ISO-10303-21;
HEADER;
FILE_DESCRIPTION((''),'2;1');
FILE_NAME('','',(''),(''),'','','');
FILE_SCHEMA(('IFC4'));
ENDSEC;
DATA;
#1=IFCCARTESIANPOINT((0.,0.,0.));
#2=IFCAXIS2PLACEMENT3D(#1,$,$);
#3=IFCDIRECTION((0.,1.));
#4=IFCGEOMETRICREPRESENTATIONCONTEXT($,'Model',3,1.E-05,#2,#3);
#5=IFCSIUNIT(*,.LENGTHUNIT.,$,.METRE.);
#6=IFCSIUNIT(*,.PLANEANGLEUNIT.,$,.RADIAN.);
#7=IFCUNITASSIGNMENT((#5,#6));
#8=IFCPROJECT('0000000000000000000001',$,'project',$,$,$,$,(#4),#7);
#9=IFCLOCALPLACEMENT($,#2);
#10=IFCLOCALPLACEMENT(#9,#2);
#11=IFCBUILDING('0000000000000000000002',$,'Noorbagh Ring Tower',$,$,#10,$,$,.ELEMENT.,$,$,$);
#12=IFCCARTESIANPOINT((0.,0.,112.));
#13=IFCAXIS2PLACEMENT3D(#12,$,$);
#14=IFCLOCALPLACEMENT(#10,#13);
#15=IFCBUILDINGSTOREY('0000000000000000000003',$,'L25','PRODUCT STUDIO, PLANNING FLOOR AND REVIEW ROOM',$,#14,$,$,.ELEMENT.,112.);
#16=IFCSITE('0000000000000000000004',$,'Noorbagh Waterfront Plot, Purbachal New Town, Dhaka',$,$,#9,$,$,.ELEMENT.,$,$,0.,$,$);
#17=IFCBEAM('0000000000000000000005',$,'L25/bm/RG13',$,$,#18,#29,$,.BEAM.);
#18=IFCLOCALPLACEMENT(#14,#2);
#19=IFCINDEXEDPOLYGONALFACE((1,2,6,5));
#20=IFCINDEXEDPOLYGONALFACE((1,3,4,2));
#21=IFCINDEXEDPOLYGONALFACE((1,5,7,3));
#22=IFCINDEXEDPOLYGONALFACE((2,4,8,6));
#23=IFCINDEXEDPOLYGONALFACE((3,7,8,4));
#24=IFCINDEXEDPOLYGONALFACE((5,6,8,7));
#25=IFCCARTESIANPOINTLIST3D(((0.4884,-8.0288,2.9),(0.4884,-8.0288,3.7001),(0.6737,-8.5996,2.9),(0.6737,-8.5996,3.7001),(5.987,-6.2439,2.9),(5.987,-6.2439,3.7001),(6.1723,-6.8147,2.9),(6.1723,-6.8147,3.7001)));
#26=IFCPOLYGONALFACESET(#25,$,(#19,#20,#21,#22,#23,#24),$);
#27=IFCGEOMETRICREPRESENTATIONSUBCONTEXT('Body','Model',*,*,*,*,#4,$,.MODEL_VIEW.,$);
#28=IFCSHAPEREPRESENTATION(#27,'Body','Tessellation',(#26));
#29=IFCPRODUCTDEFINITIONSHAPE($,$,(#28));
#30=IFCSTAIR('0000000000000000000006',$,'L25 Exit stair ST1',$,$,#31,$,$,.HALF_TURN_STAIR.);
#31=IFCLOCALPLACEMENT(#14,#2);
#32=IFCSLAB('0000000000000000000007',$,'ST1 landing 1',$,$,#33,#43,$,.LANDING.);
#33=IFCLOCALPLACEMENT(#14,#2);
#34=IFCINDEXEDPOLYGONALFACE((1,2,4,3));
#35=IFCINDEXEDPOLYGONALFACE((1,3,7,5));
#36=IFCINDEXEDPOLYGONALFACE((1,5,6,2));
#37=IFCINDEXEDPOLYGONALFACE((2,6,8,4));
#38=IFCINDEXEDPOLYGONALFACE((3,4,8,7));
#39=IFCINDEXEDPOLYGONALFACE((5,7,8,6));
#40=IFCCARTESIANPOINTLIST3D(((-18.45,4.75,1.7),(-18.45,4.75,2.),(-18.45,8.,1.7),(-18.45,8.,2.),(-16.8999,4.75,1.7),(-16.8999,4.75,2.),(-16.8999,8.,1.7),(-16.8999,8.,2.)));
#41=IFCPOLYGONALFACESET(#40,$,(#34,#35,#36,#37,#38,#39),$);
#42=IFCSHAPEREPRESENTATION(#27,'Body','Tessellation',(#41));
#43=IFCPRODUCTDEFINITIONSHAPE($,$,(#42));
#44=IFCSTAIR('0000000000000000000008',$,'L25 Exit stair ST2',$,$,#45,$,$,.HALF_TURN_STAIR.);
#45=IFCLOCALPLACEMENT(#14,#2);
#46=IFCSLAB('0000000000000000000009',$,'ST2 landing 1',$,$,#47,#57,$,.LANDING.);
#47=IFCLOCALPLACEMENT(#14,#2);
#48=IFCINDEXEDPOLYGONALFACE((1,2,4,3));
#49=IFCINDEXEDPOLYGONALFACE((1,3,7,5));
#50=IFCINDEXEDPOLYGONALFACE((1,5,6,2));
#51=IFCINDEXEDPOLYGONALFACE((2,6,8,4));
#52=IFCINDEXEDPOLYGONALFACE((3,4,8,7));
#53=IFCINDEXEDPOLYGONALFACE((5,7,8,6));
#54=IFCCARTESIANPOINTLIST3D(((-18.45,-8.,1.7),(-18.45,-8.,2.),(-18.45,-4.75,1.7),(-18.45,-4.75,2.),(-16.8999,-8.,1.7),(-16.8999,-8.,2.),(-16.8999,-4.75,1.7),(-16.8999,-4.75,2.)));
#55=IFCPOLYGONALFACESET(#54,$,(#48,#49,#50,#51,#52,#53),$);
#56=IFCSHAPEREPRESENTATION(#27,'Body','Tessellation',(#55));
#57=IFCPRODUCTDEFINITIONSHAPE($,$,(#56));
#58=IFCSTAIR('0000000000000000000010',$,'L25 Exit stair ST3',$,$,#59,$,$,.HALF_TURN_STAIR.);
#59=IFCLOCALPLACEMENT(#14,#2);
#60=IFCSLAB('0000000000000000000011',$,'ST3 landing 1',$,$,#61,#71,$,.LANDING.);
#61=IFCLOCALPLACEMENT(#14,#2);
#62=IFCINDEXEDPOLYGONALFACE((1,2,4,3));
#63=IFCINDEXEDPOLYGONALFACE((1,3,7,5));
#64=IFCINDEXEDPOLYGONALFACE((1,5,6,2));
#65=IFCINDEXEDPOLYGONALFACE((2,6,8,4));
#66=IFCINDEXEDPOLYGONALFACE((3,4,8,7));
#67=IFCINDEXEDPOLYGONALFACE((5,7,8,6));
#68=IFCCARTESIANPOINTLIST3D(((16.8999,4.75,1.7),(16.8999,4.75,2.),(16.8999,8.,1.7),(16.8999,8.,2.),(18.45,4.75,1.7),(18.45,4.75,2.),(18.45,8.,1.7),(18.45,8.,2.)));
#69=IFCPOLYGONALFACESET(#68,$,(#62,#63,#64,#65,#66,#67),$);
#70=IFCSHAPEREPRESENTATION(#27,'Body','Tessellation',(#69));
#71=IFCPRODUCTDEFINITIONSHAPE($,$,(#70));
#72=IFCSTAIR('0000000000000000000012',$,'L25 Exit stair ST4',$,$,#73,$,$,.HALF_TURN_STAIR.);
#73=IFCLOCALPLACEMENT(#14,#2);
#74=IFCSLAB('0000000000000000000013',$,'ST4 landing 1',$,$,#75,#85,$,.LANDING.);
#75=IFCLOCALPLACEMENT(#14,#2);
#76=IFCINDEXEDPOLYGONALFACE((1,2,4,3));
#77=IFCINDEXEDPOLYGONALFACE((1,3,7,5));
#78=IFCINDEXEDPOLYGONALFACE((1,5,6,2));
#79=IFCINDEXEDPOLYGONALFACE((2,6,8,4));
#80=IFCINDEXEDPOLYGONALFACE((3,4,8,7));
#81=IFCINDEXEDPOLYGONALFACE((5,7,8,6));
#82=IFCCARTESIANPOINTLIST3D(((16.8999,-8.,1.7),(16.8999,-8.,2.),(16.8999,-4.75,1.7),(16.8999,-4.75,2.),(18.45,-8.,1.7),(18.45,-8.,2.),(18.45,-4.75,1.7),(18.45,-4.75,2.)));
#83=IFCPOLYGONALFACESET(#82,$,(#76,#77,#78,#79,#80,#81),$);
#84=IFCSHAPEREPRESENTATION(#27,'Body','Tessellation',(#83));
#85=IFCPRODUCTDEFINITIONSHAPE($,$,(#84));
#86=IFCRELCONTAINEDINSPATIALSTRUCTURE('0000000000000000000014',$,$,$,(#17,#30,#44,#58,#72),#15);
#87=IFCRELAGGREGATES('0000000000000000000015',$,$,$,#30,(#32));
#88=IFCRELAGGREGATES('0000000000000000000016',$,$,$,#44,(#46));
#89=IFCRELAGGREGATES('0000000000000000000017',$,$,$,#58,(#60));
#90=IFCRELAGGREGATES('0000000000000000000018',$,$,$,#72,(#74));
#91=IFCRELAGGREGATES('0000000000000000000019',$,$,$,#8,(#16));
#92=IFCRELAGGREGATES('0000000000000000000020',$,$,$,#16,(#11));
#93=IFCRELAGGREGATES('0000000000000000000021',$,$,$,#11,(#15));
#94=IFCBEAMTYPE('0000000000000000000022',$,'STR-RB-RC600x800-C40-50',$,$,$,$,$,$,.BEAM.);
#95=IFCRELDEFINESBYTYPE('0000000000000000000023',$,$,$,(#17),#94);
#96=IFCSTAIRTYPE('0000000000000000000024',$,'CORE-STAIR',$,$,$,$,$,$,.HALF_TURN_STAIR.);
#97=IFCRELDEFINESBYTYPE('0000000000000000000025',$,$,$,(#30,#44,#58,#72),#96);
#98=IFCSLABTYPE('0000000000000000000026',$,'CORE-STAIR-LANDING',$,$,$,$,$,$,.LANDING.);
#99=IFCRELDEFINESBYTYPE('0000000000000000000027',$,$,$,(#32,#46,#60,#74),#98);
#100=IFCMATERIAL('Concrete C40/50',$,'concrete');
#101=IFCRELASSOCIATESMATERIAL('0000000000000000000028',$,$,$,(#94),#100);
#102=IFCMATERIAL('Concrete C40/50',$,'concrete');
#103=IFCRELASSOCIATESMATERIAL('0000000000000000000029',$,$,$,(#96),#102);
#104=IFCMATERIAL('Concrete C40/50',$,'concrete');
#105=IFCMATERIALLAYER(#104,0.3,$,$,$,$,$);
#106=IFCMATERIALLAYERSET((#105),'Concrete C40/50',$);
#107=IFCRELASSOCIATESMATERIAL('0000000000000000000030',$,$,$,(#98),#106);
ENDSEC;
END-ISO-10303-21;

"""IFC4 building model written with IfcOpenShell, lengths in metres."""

from ifc_helpers import new_model, si_unit, direction, frame, origin, origin_2d, place, context, subcontext, project, spatial, polyline, rectangle, outline, extrude, material, layer, layer_set, material_profile, profile_set, type_object, element, aggregate, save


model = new_model("IFC4")

# Units and contexts
model_context = context("Model", 3, precision=1e-05, world=origin(), true_north=direction((0.0, 1.0)))
body_context = subcontext(model_context, "Body", "Model", "MODEL_VIEW")
ifc_project = project(units=[si_unit("LENGTHUNIT", "METRE"), si_unit("PLANEANGLEUNIT", "RADIAN")], contexts=[model_context])

# Site, building, storey
site_placement = place(None, origin())
site = spatial("IfcSite", under=ifc_project, at=site_placement, Name="Noorbagh Waterfront Plot, Purbachal New Town, Dhaka", CompositionType="ELEMENT", RefElevation=0.0)
building_placement = place(site_placement, origin())
building = spatial("IfcBuilding", under=site, at=building_placement, Name="Noorbagh Ring Tower", CompositionType="ELEMENT")
storey_placement = place(building_placement, frame((0.0, 0.0, 112.0)))
storey = spatial("IfcBuildingStorey", under=building, at=storey_placement, Name="L25", Description="PRODUCT STUDIO, PLANNING FLOOR AND REVIEW ROOM", CompositionType="ELEMENT", Elevation=112.0)

# Beam
ifc_material_1 = material(Name="Concrete C40/50", Category="concrete")
ifc_material_profile_1 = material_profile(ifc_material_1, rectangle(XDim=0.6001, YDim=0.8, at=origin_2d()), Name="RC600x800")
ifc_profile_set_1 = profile_set([ifc_material_profile_1], Name="Concrete C40/50")
beam_type = type_object("IfcBeamType", Name="STR-RB-RC600x800-C40-50", PredefinedType="BEAM", material=ifc_profile_set_1)
beam_placement = place(storey_placement, frame((0.5811, -8.3142, 3.3), z_axis=(0.951141, 0.308756, 0.0), x_axis=(-0.308756, 0.951141, 0.0)))
element("IfcBeam", 1, at=beam_placement, inside=storey, type_object=beam_type, Name="L25/bm/RG13", PredefinedType="BEAM", context=body_context, shape_type="SweptSolid", body=[
    extrude(rectangle(XDim=0.6001, YDim=0.8, at=origin_2d()), origin(), (0.0, 0.0, 1.0), 5.781),
])

# Stairs, slabs
ifc_material_2 = material(Name="Concrete C40/50", Category="concrete")
stair_type = type_object("IfcStairType", Name="CORE-STAIR", PredefinedType="HALF_TURN_STAIR", material=ifc_material_2)
stair_1_placement = place(storey_placement, origin())
stair_1 = element("IfcStair", 2, at=stair_1_placement, inside=storey, type_object=stair_type, Name="L25 Exit stair ST1", PredefinedType="HALF_TURN_STAIR")
ifc_material_3 = material(Name="Concrete C40/50", Category="concrete")
ifc_layer_1 = layer(ifc_material_3, 0.3)
ifc_layer_set_1 = layer_set([ifc_layer_1], Name="Concrete C40/50")
slab_type_1 = type_object("IfcSlabType", Name="CORE-STAIR-LANDING", PredefinedType="LANDING", material=ifc_layer_set_1)
slab_1_placement = place(storey_placement, frame((0.0, 0.0, 1.7)))
slab_1 = element("IfcSlab", 3, at=slab_1_placement, type_object=slab_type_1, Name="ST1 landing 1", PredefinedType="LANDING", context=body_context, shape_type="SweptSolid", body=[
    extrude(outline(polyline([(-18.45, 4.75), (-16.8999, 4.75), (-16.8999, 8.0), (-18.45, 8.0), (-18.45, 4.75)])), origin(), (0.0, 0.0, 1.0), 0.3),
])
aggregate(stair_1, [slab_1])
stair_2_placement = place(storey_placement, origin())
stair_2 = element("IfcStair", 4, at=stair_2_placement, inside=storey, type_object=stair_type, Name="L25 Exit stair ST2", PredefinedType="HALF_TURN_STAIR")
slab_2_placement = place(storey_placement, frame((0.0, 0.0, 1.7)))
slab_2 = element("IfcSlab", 5, at=slab_2_placement, type_object=slab_type_1, Name="ST2 landing 1", PredefinedType="LANDING", context=body_context, shape_type="SweptSolid", body=[
    extrude(outline(polyline([(-18.45, -8.0), (-16.8999, -8.0), (-16.8999, -4.75), (-18.45, -4.75), (-18.45, -8.0)])), origin(), (0.0, 0.0, 1.0), 0.3),
])
aggregate(stair_2, [slab_2])
stair_3_placement = place(storey_placement, origin())
stair_3 = element("IfcStair", 6, at=stair_3_placement, inside=storey, type_object=stair_type, Name="L25 Exit stair ST3", PredefinedType="HALF_TURN_STAIR")
slab_3_placement = place(storey_placement, frame((0.0, 0.0, 1.7)))
slab_3 = element("IfcSlab", 7, at=slab_3_placement, type_object=slab_type_1, Name="ST3 landing 1", PredefinedType="LANDING", context=body_context, shape_type="SweptSolid", body=[
    extrude(outline(polyline([(18.45, 8.0), (16.8999, 8.0), (16.8999, 4.75), (18.45, 4.75), (18.45, 8.0)])), origin(), (0.0, 0.0, 1.0), 0.3),
])
aggregate(stair_3, [slab_3])
stair_4_placement = place(storey_placement, origin())
stair_4 = element("IfcStair", 8, at=stair_4_placement, inside=storey, type_object=stair_type, Name="L25 Exit stair ST4", PredefinedType="HALF_TURN_STAIR")
slab_4_placement = place(storey_placement, frame((0.0, 0.0, 1.7)))
slab_4 = element("IfcSlab", 9, at=slab_4_placement, type_object=slab_type_1, Name="ST4 landing 1", PredefinedType="LANDING", context=body_context, shape_type="SweptSolid", body=[
    extrude(outline(polyline([(18.45, -4.75), (16.8999, -4.75), (16.8999, -8.0), (18.45, -8.0), (18.45, -4.75)])), origin(), (0.0, 0.0, 1.0), 0.3),
])
aggregate(stair_4, [slab_4])

save(model, "model.ifc")
